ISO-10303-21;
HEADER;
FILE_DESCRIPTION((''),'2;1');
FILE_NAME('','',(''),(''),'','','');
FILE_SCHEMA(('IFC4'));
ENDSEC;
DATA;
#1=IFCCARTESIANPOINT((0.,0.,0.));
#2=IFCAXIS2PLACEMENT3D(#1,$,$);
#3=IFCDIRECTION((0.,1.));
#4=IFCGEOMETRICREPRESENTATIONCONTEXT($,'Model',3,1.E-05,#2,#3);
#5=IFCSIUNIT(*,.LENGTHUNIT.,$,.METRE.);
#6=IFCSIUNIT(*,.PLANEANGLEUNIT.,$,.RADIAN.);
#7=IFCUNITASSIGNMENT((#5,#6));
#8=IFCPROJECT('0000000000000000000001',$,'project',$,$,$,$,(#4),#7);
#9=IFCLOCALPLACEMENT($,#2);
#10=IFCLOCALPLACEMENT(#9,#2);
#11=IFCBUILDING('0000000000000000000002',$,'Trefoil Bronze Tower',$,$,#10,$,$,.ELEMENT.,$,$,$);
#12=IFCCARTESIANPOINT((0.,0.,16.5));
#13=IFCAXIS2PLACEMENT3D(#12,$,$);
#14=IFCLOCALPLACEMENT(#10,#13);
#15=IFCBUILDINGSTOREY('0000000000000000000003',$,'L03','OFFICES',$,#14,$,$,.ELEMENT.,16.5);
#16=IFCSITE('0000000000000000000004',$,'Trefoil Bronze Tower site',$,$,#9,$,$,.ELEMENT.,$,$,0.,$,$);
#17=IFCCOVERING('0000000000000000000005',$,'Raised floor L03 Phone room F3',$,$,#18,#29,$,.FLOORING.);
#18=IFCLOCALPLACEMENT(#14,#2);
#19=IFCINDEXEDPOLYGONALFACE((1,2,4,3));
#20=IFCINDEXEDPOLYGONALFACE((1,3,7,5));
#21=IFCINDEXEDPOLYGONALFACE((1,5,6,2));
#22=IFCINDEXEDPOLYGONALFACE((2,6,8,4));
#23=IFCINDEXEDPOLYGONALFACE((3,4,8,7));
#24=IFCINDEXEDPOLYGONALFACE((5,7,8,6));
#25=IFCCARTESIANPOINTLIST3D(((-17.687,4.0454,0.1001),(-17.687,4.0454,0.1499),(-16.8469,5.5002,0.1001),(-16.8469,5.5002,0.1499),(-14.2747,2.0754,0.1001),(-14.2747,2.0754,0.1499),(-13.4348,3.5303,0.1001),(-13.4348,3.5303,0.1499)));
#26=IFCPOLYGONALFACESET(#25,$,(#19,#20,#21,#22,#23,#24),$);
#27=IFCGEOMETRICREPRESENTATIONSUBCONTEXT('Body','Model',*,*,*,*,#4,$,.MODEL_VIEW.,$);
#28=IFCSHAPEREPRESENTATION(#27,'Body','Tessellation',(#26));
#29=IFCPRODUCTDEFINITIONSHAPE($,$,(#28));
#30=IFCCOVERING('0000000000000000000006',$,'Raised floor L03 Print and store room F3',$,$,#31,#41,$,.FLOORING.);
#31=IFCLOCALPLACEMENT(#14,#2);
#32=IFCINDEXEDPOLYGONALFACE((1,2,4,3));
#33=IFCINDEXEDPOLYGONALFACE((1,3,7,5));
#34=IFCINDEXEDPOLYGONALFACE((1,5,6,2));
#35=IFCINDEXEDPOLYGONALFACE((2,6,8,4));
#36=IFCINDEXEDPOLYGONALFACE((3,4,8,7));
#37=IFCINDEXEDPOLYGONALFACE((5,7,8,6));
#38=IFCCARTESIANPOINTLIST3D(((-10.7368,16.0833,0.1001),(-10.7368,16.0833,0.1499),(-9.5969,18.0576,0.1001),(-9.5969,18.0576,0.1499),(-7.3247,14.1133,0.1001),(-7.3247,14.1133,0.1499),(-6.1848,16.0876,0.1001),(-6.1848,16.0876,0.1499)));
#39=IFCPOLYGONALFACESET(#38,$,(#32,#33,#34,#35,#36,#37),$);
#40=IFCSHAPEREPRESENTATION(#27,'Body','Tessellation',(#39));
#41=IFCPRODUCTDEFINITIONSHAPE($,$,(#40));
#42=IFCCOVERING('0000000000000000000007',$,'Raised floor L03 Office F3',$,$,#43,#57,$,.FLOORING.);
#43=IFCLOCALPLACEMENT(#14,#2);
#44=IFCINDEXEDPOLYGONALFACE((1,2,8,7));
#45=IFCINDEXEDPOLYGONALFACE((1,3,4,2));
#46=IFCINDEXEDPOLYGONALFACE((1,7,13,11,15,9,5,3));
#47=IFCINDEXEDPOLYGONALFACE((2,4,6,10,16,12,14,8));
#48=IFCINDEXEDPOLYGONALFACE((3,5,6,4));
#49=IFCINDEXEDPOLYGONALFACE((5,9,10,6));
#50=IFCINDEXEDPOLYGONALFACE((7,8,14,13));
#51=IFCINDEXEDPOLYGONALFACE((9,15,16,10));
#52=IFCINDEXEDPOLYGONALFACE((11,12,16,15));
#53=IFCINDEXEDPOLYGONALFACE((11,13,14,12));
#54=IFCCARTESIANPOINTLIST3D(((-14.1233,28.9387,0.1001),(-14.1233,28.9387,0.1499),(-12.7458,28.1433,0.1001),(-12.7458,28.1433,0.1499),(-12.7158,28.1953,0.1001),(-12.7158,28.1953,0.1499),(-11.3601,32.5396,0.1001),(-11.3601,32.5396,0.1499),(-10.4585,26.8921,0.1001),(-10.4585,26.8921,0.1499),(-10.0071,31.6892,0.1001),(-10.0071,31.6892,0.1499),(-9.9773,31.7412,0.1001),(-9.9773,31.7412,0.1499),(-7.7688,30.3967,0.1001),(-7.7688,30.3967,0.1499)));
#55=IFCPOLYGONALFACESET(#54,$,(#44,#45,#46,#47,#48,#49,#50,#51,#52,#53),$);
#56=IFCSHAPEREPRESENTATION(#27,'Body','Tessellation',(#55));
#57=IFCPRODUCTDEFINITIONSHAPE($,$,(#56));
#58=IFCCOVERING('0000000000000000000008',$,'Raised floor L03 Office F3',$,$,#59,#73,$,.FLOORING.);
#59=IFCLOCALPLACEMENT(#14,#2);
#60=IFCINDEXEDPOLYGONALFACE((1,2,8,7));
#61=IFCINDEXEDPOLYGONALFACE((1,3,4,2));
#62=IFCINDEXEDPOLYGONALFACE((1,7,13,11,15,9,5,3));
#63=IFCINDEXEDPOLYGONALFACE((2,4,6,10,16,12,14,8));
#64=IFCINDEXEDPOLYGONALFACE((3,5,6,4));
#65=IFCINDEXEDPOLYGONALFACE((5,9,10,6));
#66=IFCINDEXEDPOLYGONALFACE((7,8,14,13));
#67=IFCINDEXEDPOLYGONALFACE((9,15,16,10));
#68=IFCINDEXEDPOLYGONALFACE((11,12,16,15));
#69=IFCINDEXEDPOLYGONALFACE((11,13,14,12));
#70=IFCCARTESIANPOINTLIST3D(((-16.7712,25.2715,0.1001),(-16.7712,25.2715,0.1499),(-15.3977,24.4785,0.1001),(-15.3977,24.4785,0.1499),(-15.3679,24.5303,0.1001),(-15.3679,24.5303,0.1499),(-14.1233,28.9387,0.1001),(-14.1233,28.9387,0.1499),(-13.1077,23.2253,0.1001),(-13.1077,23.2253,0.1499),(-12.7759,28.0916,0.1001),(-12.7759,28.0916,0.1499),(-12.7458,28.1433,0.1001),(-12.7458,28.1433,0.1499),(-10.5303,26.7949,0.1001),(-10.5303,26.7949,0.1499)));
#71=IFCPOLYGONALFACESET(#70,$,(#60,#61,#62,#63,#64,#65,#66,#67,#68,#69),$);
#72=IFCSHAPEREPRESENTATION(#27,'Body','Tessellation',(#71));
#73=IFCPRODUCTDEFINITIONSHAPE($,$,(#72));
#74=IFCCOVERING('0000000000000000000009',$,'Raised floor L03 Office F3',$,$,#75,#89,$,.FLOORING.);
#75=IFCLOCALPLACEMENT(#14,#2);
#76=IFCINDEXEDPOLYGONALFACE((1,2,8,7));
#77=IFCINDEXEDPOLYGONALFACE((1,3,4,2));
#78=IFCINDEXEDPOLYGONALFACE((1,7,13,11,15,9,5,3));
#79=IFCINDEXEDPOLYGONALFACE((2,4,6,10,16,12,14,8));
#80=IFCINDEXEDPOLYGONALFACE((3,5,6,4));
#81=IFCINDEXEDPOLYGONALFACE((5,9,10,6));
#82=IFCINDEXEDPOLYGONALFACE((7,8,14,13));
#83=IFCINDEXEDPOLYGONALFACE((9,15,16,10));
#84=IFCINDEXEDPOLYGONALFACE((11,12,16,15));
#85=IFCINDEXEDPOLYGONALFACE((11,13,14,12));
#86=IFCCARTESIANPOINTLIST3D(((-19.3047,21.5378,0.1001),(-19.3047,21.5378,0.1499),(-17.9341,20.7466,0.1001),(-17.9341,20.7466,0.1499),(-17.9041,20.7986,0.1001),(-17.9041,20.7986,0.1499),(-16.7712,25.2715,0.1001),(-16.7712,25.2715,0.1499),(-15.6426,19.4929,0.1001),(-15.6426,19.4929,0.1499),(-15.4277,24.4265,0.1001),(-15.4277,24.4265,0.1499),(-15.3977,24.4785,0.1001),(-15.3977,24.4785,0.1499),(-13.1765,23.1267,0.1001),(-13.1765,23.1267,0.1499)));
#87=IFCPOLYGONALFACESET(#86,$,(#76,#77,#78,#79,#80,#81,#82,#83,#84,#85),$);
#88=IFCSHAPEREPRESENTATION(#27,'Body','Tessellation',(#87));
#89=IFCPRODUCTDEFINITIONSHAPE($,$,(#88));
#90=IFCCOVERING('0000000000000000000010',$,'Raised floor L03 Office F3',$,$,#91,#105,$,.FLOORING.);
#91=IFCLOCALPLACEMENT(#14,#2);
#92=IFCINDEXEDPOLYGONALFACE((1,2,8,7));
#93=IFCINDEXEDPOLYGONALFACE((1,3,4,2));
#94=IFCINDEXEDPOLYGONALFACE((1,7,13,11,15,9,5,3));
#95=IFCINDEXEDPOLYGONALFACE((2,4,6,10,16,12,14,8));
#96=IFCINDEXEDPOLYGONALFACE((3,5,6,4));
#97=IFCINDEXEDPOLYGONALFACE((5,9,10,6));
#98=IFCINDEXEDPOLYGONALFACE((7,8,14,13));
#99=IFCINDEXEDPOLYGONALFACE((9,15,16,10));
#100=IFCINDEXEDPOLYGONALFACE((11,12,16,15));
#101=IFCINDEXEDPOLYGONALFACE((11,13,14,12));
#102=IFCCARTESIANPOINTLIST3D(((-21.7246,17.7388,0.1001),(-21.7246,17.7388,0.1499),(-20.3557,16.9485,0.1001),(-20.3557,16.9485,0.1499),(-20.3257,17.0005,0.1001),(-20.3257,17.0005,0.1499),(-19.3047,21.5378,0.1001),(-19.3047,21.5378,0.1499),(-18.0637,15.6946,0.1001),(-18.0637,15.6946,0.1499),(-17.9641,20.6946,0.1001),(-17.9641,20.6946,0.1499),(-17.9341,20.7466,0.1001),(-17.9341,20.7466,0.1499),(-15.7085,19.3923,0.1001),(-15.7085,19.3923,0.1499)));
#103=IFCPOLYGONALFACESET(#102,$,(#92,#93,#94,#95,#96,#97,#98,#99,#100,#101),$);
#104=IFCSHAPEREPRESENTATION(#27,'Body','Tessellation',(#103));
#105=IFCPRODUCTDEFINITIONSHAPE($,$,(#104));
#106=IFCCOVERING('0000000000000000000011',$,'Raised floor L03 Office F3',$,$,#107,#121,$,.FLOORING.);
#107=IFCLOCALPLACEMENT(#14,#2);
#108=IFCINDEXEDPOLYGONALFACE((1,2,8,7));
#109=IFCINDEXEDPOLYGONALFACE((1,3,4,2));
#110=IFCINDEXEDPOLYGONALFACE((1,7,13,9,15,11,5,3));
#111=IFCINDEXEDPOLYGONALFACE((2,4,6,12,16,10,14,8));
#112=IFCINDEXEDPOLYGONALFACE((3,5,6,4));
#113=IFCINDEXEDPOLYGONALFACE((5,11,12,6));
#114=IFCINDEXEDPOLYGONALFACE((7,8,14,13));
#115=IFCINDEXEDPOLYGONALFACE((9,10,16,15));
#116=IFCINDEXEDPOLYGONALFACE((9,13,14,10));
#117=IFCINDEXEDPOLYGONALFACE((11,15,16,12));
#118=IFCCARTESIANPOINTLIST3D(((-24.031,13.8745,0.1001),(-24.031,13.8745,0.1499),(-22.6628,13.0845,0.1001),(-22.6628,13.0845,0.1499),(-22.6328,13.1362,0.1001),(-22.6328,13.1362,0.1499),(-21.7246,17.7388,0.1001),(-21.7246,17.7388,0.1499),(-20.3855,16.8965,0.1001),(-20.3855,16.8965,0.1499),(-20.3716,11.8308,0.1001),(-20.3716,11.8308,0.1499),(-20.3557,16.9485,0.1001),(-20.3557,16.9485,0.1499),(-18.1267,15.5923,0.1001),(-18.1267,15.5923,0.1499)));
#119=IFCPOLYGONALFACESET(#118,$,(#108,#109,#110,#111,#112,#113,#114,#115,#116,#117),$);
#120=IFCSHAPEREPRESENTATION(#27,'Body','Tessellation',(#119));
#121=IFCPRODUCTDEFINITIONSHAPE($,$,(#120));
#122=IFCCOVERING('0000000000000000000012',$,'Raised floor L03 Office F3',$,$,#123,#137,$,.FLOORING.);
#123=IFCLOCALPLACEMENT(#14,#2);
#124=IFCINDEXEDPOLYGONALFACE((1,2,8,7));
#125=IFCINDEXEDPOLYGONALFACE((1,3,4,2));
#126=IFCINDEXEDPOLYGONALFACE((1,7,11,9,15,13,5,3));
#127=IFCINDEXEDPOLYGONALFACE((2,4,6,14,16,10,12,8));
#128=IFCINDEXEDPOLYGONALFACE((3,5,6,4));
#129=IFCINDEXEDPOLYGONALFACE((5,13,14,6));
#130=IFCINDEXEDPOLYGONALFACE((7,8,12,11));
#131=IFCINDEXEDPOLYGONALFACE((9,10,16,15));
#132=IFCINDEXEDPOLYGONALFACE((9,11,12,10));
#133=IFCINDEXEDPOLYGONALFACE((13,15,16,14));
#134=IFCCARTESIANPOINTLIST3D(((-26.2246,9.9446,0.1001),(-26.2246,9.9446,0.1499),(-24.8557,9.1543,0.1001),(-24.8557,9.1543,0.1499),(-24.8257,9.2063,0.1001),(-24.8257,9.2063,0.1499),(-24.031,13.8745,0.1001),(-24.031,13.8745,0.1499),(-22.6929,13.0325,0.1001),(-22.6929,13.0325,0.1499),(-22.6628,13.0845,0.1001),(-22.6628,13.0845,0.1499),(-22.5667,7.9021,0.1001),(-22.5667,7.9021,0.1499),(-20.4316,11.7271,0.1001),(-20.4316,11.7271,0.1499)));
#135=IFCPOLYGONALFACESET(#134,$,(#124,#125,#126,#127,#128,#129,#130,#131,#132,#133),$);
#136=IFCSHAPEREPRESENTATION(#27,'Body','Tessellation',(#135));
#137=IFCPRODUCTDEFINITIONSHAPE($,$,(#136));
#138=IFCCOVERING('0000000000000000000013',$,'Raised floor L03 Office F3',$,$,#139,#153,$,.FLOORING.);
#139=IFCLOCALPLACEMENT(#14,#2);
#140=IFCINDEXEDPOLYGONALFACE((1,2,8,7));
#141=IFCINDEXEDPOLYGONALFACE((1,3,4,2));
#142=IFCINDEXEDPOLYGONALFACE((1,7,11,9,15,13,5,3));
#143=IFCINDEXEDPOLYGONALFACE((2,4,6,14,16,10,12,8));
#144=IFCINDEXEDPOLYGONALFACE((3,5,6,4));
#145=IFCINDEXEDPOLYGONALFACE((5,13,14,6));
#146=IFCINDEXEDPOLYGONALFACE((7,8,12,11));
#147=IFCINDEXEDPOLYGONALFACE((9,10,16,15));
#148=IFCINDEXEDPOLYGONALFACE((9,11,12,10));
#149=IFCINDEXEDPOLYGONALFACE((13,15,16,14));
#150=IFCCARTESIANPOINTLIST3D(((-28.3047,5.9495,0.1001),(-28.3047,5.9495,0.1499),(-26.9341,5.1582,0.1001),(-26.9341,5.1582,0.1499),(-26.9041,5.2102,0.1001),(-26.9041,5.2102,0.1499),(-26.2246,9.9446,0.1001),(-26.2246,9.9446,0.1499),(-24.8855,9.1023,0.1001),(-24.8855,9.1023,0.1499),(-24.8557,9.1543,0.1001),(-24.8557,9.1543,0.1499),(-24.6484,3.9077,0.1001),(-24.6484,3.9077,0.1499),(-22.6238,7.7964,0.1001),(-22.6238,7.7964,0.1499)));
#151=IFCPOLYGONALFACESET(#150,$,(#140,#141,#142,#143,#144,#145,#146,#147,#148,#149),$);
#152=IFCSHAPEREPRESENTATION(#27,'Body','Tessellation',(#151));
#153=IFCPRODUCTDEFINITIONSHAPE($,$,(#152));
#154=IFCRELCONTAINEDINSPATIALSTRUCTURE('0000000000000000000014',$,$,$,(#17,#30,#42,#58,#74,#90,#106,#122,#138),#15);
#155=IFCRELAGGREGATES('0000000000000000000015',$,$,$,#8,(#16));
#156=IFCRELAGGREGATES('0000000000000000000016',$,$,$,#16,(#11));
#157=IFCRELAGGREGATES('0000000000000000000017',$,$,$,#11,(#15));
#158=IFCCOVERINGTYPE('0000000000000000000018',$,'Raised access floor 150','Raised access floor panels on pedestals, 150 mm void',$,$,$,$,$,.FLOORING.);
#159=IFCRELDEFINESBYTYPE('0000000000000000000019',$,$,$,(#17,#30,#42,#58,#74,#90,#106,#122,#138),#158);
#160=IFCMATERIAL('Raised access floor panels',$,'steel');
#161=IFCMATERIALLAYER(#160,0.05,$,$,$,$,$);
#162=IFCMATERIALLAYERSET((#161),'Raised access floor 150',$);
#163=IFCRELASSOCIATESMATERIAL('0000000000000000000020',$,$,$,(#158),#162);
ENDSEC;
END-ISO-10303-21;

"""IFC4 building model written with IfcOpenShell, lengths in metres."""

from ifc_helpers import new_model, si_unit, direction, frame, origin, place, context, subcontext, project, spatial, polyline, outline, extrude, material, layer, layer_set, type_object, element, save


model = new_model("IFC4")

# Units and contexts
model_context = context("Model", 3, precision=1e-05, world=origin(), true_north=direction((0.0, 1.0)))
body_context = subcontext(model_context, "Body", "Model", "MODEL_VIEW")
ifc_project = project(units=[si_unit("LENGTHUNIT", "METRE"), si_unit("PLANEANGLEUNIT", "RADIAN")], contexts=[model_context])

# Site, building, storey
site_placement = place(None, origin())
site = spatial("IfcSite", under=ifc_project, at=site_placement, Name="Trefoil Bronze Tower site", CompositionType="ELEMENT", RefElevation=0.0)
building_placement = place(site_placement, origin())
building = spatial("IfcBuilding", under=site, at=building_placement, Name="Trefoil Bronze Tower", CompositionType="ELEMENT")
storey_placement = place(building_placement, frame((0.0, 0.0, 16.5)))
storey = spatial("IfcBuildingStorey", under=building, at=storey_placement, Name="L03", Description="OFFICES", CompositionType="ELEMENT", Elevation=16.5)

# Coverings
ifc_material_1 = material(Name="Raised access floor panels", Category="steel")
ifc_layer_1 = layer(ifc_material_1, 0.05)
ifc_layer_set_1 = layer_set([ifc_layer_1], Name="Raised access floor 150")
covering_type = type_object("IfcCoveringType", Name="Raised access floor 150", Description="Raised access floor panels on pedestals, 150 mm void", PredefinedType="FLOORING", material=ifc_layer_set_1)
covering_1_placement = place(storey_placement, frame((0.0, 0.0, 0.1001)))
element("IfcCovering", 1, at=covering_1_placement, inside=storey, type_object=covering_type, Name="Raised floor L03 Phone room F3", PredefinedType="FLOORING", context=body_context, shape_type="SweptSolid", body=[
    extrude(outline(polyline([(-14.2747, 2.0754), (-17.687, 4.0454), (-16.8469, 5.5002), (-13.4348, 3.5303), (-14.2747, 2.0754)])), origin(), (0.0, 0.0, 1.0), 0.0498),
])
covering_2_placement = place(storey_placement, frame((0.0, 0.0, 0.1001)))
element("IfcCovering", 2, at=covering_2_placement, inside=storey, type_object=covering_type, Name="Raised floor L03 Print and store room F3", PredefinedType="FLOORING", context=body_context, shape_type="SweptSolid", body=[
    extrude(outline(polyline([(-7.3247, 14.1133), (-10.7368, 16.0833), (-9.5969, 18.0576), (-6.1848, 16.0876), (-7.3247, 14.1133)])), origin(), (0.0, 0.0, 1.0), 0.0498),
])
covering_3_placement = place(storey_placement, frame((0.0, 0.0, 0.1001)))
element("IfcCovering", 3, at=covering_3_placement, inside=storey, type_object=covering_type, Name="Raised floor L03 Office F3", PredefinedType="FLOORING", context=body_context, shape_type="SweptSolid", body=[
    extrude(outline(polyline([(-14.1233, 28.9387), (-11.3601, 32.5396), (-9.9773, 31.7412), (-10.0071, 31.6892), (-7.7688, 30.3967), (-10.4585, 26.8921), (-12.7158, 28.1953), (-12.7458, 28.1433), (-14.1233, 28.9387)])), origin(), (0.0, 0.0, 1.0), 0.0498),
])
covering_4_placement = place(storey_placement, frame((0.0, 0.0, 0.1001)))
element("IfcCovering", 4, at=covering_4_placement, inside=storey, type_object=covering_type, Name="Raised floor L03 Office F3", PredefinedType="FLOORING", context=body_context, shape_type="SweptSolid", body=[
    extrude(outline(polyline([(-14.1233, 28.9387), (-12.7458, 28.1433), (-12.7759, 28.0916), (-10.5303, 26.7949), (-13.1077, 23.2253), (-15.3679, 24.5303), (-15.3977, 24.4785), (-16.7712, 25.2715), (-14.1233, 28.9387)])), origin(), (0.0, 0.0, 1.0), 0.0498),
])
covering_5_placement = place(storey_placement, frame((0.0, 0.0, 0.1001)))
element("IfcCovering", 5, at=covering_5_placement, inside=storey, type_object=covering_type, Name="Raised floor L03 Office F3", PredefinedType="FLOORING", context=body_context, shape_type="SweptSolid", body=[
    extrude(outline(polyline([(-19.3047, 21.5378), (-16.7712, 25.2715), (-15.3977, 24.4785), (-15.4277, 24.4265), (-13.1765, 23.1267), (-15.6426, 19.4929), (-17.9041, 20.7986), (-17.9341, 20.7466), (-19.3047, 21.5378)])), origin(), (0.0, 0.0, 1.0), 0.0498),
])
covering_6_placement = place(storey_placement, frame((0.0, 0.0, 0.1001)))
element("IfcCovering", 6, at=covering_6_placement, inside=storey, type_object=covering_type, Name="Raised floor L03 Office F3", PredefinedType="FLOORING", context=body_context, shape_type="SweptSolid", body=[
    extrude(outline(polyline([(-19.3047, 21.5378), (-17.9341, 20.7466), (-17.9641, 20.6946), (-15.7085, 19.3923), (-18.0637, 15.6946), (-20.3257, 17.0005), (-20.3557, 16.9485), (-21.7246, 17.7388), (-19.3047, 21.5378)])), origin(), (0.0, 0.0, 1.0), 0.0498),
])
covering_7_placement = place(storey_placement, frame((0.0, 0.0, 0.1001)))
element("IfcCovering", 7, at=covering_7_placement, inside=storey, type_object=covering_type, Name="Raised floor L03 Office F3", PredefinedType="FLOORING", context=body_context, shape_type="SweptSolid", body=[
    extrude(outline(polyline([(-24.031, 13.8745), (-21.7246, 17.7388), (-20.3557, 16.9485), (-20.3855, 16.8965), (-18.1267, 15.5923), (-20.3716, 11.8308), (-22.6328, 13.1362), (-22.6628, 13.0845), (-24.031, 13.8745)])), origin(), (0.0, 0.0, 1.0), 0.0498),
])
covering_8_placement = place(storey_placement, frame((0.0, 0.0, 0.1001)))
element("IfcCovering", 8, at=covering_8_placement, inside=storey, type_object=covering_type, Name="Raised floor L03 Office F3", PredefinedType="FLOORING", context=body_context, shape_type="SweptSolid", body=[
    extrude(outline(polyline([(-26.2246, 9.9446), (-24.031, 13.8745), (-22.6628, 13.0845), (-22.6929, 13.0325), (-20.4316, 11.7271), (-22.5667, 7.9021), (-24.8257, 9.2063), (-24.8557, 9.1543), (-26.2246, 9.9446)])), origin(), (0.0, 0.0, 1.0), 0.0498),
])
covering_9_placement = place(storey_placement, frame((0.0, 0.0, 0.1001)))
element("IfcCovering", 9, at=covering_9_placement, inside=storey, type_object=covering_type, Name="Raised floor L03 Office F3", PredefinedType="FLOORING", context=body_context, shape_type="SweptSolid", body=[
    extrude(outline(polyline([(-28.3047, 5.9495), (-26.2246, 9.9446), (-24.8557, 9.1543), (-24.8855, 9.1023), (-22.6238, 7.7964), (-24.6484, 3.9077), (-26.9041, 5.2102), (-26.9341, 5.1582), (-28.3047, 5.9495)])), origin(), (0.0, 0.0, 1.0), 0.0498),
])

save(model, "model.ifc")
